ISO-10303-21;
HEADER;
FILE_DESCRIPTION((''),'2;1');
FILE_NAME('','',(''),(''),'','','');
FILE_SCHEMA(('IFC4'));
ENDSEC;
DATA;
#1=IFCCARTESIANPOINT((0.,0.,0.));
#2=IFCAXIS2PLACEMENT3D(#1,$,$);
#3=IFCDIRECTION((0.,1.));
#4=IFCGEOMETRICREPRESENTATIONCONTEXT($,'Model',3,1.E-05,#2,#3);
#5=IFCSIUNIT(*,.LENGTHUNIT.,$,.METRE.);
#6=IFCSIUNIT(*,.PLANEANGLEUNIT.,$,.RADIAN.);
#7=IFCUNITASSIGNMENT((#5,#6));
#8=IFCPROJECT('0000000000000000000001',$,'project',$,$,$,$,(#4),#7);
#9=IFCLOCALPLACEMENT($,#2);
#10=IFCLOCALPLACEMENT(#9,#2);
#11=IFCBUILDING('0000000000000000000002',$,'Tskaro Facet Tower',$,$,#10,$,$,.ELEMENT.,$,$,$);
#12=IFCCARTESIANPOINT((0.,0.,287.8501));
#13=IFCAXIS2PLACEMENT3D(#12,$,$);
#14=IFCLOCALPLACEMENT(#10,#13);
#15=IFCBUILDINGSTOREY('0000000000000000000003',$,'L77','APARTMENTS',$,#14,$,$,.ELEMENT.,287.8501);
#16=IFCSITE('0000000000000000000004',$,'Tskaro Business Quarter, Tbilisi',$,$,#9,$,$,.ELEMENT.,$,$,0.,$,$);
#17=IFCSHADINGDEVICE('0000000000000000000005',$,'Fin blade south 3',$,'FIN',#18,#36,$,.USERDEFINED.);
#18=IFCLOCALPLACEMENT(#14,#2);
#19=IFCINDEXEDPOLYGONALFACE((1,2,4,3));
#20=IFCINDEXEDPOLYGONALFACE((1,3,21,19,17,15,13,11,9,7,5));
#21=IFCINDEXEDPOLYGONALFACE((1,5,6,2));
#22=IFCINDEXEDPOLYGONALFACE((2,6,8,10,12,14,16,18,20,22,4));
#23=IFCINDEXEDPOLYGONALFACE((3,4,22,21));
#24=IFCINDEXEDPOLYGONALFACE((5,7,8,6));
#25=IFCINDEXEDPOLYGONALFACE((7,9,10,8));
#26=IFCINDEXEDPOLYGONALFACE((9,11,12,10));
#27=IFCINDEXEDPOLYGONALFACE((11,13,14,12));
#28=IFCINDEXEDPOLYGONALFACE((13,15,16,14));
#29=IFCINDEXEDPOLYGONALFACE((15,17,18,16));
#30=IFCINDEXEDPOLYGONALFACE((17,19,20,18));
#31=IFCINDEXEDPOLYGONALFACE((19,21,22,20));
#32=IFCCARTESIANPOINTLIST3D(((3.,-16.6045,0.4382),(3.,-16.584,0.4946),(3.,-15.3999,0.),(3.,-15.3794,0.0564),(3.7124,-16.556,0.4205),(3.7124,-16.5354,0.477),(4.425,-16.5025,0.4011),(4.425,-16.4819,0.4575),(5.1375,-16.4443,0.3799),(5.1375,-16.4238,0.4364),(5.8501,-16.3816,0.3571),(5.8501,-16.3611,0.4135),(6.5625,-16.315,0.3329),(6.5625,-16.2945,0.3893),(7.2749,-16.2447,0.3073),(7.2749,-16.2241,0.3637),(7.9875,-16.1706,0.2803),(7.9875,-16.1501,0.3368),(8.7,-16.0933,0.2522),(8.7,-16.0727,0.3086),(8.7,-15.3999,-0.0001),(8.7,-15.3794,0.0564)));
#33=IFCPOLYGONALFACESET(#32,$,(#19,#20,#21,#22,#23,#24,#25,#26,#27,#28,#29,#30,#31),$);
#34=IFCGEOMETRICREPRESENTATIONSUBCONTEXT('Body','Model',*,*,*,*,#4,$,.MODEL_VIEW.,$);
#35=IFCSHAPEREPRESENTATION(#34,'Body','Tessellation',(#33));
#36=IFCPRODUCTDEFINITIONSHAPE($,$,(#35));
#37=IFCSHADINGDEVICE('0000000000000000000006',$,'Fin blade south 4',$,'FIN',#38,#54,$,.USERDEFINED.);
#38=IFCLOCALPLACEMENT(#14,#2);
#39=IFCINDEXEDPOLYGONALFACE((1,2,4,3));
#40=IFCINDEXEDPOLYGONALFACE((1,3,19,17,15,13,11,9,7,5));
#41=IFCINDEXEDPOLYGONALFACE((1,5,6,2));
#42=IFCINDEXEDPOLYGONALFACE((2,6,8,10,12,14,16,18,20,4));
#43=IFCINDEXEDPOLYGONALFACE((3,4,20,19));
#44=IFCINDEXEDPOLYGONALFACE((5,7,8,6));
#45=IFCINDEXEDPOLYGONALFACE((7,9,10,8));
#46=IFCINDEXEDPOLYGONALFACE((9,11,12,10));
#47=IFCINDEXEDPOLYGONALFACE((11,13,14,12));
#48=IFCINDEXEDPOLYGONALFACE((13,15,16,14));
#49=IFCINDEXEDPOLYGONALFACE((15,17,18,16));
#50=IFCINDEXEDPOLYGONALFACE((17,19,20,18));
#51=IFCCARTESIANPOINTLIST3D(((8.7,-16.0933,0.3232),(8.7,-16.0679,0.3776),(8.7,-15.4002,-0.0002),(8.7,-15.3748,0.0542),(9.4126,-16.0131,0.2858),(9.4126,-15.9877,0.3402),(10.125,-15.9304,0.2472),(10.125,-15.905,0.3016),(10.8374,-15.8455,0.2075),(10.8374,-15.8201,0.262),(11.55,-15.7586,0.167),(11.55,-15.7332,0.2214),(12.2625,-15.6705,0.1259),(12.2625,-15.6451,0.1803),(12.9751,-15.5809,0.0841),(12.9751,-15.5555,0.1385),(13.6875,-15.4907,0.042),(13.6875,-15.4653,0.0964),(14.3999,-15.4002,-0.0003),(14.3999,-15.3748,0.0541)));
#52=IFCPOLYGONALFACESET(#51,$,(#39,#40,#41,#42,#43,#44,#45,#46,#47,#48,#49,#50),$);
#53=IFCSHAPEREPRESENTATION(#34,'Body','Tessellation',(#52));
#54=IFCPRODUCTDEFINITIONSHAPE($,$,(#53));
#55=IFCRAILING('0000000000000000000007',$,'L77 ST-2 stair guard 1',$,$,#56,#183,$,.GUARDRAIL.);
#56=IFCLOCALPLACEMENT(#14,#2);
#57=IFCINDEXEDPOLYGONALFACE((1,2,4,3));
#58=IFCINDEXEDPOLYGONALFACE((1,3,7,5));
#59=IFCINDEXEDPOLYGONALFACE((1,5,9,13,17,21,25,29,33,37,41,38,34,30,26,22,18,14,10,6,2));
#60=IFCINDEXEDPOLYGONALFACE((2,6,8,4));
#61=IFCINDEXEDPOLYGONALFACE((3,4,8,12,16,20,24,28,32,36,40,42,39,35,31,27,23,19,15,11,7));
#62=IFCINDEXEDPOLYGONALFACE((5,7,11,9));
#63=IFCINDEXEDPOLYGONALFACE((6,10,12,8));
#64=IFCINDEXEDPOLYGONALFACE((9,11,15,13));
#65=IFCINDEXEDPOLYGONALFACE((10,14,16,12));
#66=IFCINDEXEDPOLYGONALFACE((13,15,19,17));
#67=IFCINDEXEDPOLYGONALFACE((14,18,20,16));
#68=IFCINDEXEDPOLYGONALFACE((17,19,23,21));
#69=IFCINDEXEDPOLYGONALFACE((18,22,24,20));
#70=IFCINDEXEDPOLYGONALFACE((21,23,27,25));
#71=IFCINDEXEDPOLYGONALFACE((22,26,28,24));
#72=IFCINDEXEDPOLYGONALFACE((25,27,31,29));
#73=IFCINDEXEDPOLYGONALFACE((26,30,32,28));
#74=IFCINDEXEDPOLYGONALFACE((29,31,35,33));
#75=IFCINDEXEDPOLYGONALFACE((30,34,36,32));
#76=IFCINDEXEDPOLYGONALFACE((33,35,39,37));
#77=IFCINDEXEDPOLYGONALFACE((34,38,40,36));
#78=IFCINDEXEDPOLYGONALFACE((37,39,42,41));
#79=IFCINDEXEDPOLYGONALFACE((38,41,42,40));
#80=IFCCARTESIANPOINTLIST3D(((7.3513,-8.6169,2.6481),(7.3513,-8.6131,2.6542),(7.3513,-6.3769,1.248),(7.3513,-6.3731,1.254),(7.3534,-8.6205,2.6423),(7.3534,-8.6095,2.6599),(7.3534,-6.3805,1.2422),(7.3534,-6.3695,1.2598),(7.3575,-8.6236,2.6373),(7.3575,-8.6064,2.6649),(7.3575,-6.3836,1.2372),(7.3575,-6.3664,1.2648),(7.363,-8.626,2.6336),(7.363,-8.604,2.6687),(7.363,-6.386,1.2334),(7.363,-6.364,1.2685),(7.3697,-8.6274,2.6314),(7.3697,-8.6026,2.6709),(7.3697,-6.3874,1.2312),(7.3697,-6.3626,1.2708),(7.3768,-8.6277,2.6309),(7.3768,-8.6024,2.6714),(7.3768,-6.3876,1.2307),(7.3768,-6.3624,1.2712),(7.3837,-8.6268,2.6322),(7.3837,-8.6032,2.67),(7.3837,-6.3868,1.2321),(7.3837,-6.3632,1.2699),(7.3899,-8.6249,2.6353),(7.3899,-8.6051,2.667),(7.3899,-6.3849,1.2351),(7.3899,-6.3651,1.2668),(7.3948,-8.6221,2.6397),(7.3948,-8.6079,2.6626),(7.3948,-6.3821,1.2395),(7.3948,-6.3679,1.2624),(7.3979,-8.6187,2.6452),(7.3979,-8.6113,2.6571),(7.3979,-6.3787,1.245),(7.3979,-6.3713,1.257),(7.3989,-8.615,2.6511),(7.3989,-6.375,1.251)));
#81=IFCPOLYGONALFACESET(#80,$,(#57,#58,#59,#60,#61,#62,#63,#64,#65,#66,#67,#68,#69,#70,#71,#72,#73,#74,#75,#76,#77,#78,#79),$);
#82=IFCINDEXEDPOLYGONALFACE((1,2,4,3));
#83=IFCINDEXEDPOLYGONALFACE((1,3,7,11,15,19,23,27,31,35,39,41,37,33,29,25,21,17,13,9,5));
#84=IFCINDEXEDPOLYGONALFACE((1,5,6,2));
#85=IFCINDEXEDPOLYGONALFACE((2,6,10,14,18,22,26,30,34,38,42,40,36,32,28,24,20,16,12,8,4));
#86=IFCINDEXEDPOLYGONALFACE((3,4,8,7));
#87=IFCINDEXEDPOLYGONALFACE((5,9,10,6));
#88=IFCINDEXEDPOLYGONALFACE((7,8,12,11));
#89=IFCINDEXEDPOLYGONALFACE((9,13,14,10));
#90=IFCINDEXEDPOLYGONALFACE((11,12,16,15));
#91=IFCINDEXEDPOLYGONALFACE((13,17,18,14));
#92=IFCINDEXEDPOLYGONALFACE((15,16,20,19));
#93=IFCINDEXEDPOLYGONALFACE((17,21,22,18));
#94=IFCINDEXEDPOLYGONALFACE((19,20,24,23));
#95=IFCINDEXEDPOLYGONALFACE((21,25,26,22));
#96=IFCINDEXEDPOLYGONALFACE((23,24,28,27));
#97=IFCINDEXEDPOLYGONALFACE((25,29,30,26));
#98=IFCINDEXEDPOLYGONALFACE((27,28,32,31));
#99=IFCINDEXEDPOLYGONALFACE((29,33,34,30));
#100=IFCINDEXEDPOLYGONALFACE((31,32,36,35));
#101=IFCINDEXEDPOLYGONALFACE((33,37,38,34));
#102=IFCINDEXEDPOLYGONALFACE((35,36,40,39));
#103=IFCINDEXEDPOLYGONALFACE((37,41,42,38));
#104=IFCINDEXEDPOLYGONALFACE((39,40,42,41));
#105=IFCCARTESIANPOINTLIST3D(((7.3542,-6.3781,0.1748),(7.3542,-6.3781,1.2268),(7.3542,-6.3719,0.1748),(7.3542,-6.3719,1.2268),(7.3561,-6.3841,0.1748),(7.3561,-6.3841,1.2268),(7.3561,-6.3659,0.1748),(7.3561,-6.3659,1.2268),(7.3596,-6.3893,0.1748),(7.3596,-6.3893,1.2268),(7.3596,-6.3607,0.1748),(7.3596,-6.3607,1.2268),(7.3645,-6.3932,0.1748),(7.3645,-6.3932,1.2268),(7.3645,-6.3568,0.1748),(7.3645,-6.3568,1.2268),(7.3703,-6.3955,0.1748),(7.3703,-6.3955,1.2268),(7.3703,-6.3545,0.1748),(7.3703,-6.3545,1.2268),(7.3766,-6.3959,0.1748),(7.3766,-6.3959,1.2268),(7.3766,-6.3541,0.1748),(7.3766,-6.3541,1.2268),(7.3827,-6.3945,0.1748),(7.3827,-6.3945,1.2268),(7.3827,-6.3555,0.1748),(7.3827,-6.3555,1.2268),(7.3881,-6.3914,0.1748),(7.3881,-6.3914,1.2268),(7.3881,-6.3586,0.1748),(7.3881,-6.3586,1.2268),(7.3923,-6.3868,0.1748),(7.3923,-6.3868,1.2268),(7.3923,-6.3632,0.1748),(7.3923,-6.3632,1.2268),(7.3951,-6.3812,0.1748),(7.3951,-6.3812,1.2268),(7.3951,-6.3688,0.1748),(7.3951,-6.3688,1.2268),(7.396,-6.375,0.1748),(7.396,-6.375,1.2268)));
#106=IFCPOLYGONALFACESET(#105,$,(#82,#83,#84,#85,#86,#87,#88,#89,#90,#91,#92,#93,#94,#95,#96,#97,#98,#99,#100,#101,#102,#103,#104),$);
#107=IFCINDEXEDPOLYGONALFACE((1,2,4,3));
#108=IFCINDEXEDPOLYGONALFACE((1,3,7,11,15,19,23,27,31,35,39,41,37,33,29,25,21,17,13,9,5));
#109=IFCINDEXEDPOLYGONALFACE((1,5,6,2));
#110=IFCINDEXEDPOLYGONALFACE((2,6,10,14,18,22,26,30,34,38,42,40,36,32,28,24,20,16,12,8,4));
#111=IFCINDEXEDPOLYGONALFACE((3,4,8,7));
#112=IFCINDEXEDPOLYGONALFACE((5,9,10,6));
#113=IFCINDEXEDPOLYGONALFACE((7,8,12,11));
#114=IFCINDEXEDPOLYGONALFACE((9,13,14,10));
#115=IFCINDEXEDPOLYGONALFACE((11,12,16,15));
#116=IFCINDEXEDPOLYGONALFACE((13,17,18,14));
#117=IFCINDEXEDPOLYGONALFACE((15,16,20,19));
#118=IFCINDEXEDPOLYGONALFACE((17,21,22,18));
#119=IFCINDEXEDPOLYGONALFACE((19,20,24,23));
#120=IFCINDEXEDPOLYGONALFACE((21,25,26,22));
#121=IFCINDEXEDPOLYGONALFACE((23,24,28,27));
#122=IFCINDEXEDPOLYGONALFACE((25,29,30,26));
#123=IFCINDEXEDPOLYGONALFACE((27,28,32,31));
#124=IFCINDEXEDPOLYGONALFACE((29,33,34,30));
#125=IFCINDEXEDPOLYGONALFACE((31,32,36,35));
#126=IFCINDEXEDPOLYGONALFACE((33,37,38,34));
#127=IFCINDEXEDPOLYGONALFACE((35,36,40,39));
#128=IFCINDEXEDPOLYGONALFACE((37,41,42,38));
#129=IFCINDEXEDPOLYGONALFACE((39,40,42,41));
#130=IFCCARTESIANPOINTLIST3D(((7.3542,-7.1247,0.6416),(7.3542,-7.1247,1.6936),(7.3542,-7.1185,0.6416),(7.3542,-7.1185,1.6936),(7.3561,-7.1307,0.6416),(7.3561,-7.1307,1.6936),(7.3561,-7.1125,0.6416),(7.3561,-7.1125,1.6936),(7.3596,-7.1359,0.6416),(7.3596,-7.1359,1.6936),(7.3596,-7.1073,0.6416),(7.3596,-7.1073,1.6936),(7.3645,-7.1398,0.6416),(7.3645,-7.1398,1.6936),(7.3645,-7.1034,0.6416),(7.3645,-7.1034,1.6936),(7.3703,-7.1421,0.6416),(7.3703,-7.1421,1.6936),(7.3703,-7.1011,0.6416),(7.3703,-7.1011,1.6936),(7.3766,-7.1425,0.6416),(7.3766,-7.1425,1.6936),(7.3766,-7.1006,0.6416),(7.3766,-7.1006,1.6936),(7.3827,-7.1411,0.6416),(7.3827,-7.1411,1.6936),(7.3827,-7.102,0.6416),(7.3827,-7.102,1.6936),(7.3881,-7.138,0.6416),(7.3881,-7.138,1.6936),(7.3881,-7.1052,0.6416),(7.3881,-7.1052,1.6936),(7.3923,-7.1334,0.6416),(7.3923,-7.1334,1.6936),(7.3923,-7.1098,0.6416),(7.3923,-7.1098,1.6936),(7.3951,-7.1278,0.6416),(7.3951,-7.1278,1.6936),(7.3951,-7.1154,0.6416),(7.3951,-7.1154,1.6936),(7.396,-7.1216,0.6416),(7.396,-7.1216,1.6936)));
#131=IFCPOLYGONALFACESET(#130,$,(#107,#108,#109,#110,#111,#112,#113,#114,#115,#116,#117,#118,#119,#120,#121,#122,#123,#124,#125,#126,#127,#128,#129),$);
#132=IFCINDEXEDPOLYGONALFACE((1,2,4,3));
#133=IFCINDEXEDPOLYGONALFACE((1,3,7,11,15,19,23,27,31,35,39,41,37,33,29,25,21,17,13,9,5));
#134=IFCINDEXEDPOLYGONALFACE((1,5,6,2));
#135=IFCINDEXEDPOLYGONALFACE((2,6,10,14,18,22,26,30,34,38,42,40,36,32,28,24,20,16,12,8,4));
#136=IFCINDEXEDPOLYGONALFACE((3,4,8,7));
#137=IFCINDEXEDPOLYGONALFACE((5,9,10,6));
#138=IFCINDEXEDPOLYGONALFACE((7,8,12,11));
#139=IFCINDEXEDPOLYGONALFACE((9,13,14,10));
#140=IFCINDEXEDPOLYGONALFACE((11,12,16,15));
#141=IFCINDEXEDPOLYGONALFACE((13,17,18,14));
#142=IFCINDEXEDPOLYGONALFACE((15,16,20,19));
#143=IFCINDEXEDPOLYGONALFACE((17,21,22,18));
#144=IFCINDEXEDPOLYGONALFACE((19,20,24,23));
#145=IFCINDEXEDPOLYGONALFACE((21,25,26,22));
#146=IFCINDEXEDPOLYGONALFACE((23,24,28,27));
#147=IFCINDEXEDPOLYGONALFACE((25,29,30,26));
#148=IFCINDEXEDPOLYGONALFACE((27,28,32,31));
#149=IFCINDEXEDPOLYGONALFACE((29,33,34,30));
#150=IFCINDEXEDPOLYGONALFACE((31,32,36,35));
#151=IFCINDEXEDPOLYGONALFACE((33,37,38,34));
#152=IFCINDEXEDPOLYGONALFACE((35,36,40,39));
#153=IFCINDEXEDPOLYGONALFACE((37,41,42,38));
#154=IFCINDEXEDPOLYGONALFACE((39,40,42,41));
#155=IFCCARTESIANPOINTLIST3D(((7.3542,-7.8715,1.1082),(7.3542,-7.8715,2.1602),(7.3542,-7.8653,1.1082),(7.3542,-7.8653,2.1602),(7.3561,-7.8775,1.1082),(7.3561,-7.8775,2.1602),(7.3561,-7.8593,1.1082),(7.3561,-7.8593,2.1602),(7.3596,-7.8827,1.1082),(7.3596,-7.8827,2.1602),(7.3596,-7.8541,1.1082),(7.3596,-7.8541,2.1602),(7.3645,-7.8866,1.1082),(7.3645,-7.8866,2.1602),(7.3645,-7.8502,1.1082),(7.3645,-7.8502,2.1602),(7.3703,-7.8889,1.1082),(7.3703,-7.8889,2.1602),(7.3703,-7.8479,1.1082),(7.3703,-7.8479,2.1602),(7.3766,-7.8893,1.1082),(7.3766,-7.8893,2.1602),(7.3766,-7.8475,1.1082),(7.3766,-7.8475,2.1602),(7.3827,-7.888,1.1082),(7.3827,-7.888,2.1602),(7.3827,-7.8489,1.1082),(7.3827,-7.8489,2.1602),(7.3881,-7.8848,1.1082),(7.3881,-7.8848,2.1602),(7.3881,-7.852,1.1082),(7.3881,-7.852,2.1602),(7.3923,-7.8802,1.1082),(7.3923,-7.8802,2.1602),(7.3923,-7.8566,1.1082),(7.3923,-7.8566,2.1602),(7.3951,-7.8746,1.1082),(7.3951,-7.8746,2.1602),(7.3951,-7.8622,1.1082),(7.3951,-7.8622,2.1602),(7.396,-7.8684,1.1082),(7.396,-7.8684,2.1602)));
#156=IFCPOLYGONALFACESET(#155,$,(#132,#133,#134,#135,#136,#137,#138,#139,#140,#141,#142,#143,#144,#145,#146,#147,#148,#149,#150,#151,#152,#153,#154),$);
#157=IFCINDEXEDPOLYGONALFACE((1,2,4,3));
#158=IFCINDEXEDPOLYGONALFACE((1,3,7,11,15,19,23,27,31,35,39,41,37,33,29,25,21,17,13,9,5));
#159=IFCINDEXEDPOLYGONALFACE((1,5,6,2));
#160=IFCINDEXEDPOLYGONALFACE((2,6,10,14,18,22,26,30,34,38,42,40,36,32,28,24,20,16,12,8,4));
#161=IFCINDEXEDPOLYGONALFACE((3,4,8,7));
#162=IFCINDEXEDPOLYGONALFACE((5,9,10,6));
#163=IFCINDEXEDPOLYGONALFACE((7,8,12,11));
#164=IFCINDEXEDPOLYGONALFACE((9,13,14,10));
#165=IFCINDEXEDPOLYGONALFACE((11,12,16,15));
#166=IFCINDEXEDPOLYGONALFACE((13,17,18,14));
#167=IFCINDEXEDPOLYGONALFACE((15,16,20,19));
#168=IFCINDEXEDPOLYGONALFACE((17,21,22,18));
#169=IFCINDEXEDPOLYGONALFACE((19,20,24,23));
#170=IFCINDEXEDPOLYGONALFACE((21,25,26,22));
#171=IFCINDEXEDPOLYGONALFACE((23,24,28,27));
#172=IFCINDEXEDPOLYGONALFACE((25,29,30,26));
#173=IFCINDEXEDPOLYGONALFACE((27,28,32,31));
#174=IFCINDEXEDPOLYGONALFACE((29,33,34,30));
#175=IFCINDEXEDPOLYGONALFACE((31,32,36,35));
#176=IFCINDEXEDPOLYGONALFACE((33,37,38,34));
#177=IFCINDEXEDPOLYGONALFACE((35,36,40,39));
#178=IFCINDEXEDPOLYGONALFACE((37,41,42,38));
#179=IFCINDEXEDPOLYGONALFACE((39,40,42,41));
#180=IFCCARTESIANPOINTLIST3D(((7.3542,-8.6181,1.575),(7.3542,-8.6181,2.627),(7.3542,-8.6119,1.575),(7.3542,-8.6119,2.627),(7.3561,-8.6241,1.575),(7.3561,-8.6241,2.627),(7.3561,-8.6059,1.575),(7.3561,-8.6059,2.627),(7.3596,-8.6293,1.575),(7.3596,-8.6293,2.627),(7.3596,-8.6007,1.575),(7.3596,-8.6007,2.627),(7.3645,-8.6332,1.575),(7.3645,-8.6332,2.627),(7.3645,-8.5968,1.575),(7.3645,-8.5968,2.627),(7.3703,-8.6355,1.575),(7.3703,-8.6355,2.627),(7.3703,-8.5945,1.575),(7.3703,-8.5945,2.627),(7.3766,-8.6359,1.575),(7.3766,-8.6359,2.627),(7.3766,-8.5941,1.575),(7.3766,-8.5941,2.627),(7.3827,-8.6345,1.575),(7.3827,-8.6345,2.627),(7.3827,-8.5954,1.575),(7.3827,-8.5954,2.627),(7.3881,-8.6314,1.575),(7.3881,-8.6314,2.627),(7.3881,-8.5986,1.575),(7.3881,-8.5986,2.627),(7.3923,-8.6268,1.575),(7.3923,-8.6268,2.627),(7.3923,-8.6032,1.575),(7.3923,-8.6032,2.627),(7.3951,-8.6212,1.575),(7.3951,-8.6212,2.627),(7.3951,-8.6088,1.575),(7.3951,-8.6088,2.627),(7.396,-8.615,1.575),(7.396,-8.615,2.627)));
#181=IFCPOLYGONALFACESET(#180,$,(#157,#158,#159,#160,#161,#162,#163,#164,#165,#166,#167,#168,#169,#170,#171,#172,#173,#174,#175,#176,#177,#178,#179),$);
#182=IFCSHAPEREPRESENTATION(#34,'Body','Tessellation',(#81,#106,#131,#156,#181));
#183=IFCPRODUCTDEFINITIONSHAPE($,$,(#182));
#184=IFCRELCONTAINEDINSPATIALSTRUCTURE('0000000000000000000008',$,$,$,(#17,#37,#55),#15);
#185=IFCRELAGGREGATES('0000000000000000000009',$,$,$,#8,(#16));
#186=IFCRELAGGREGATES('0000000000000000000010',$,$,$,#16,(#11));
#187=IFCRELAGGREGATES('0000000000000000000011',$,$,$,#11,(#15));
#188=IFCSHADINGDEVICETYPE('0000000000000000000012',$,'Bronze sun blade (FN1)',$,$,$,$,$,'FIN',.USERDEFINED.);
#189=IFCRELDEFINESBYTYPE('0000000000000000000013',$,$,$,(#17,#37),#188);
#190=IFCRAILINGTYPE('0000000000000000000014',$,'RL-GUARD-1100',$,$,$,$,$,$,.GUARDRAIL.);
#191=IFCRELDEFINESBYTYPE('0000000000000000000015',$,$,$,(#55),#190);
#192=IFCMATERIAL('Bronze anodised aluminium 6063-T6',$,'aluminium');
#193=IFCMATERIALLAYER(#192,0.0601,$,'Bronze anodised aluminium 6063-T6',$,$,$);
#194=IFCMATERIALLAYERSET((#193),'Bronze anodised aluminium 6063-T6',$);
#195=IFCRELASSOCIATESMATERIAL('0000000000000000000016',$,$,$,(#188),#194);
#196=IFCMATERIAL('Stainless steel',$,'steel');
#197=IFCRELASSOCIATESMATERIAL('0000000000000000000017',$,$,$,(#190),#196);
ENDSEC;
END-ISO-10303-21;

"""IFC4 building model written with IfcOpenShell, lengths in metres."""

from ifc_helpers import new_model, si_unit, direction, frame, origin, origin_2d, place, context, subcontext, project, spatial, polyline, circle, outline, extrude, material, layer, layer_set, type_object, element, save


model = new_model("IFC4")

# Units and contexts
model_context = context("Model", 3, precision=1e-05, world=origin(), true_north=direction((0.0, 1.0)))
body_context = subcontext(model_context, "Body", "Model", "MODEL_VIEW")
ifc_project = project(units=[si_unit("LENGTHUNIT", "METRE"), si_unit("PLANEANGLEUNIT", "RADIAN")], contexts=[model_context])

# Site, building, storey
site_placement = place(None, origin())
site = spatial("IfcSite", under=ifc_project, at=site_placement, Name="Tskaro Business Quarter, Tbilisi", CompositionType="ELEMENT", RefElevation=0.0)
building_placement = place(site_placement, origin())
building = spatial("IfcBuilding", under=site, at=building_placement, Name="Tskaro Facet Tower", CompositionType="ELEMENT")
storey_placement = place(building_placement, frame((0.0, 0.0, 287.8501)))
storey = spatial("IfcBuildingStorey", under=building, at=storey_placement, Name="L77", Description="APARTMENTS", CompositionType="ELEMENT", Elevation=287.8501)

# Shared definitions
ifc_material_1 = material(Name="Bronze anodised aluminium 6063-T6", Category="aluminium")

# Shading devices
ifc_layer_1 = layer(ifc_material_1, 0.0601, Name="Bronze anodised aluminium 6063-T6")
ifc_layer_set_1 = layer_set([ifc_layer_1], Name="Bronze anodised aluminium 6063-T6")
shading_device_type = type_object("IfcShadingDeviceType", Name="Bronze sun blade (FN1)", ElementType="FIN", PredefinedType="USERDEFINED", material=ifc_layer_set_1)
shading_device_1_placement = place(storey_placement, frame((3.0, -15.3794, 0.0564), z_axis=(0.000002, 0.34189, 0.93974), x_axis=(1.0, -0.000001, -0.000002)))
element("IfcShadingDevice", 1, at=shading_device_1_placement, inside=storey, type_object=shading_device_type, Name="Fin blade south 3", ObjectType="FIN", PredefinedType="USERDEFINED", context=body_context, shape_type="SweptSolid", body=[
    extrude(outline(polyline([(0.0, 0.0), (5.7, 0.0), (5.7, -0.7378), (4.9875, -0.8201), (4.2749, -0.8989), (3.5625, -0.9738), (2.8501, -1.0446), (2.1375, -1.1114), (1.425, -1.1732), (0.7124, -1.2302), (0.0, -1.2818), (0.0, 0.0)])), origin(), (0.0, 0.0, -1.0), 0.0601),
])
shading_device_2_placement = place(storey_placement, frame((8.7, -15.3748, 0.0542), z_axis=(0.000011, 0.422843, 0.906203), x_axis=(1.0, -0.000004, -0.00001)))
element("IfcShadingDevice", 2, at=shading_device_2_placement, inside=storey, type_object=shading_device_type, Name="Fin blade south 4", ObjectType="FIN", PredefinedType="USERDEFINED", context=body_context, shape_type="SweptSolid", body=[
    extrude(outline(polyline([(0.0, 0.0), (5.7, 0.0), (4.9875, -0.0999), (4.2751, -0.1994), (3.5625, -0.2983), (2.8501, -0.3955), (2.1375, -0.4914), (1.425, -0.5851), (0.7126, -0.6764), (0.0, -0.7649), (0.0, 0.0)])), origin(), (0.0, 0.0, -1.0), 0.0601),
])

# Railing
ifc_material_2 = material(Name="Stainless steel", Category="steel")
railing_type_1 = type_object("IfcRailingType", Name="RL-GUARD-1100", PredefinedType="GUARDRAIL", material=ifc_material_2)
railing_1_placement = place(storey_placement, frame((7.375, -6.375, 0.1748)))
element("IfcRailing", 3, at=railing_1_placement, inside=storey, type_object=railing_type_1, Name="L77 ST-2 stair guard 1", PredefinedType="GUARDRAIL", context=body_context, shape_type="SweptSolid", body=[
    extrude(circle(Radius=0.0239, at=origin_2d()), frame((0.0, 0.0, 1.0762), z_axis=(0.0, -0.847972, 0.53004), x_axis=(1.0, 0.0, 0.0)), (0.0, 0.0, 1.0), 2.6416),
    extrude(circle(Radius=0.021, at=origin_2d()), origin(), (0.0, 0.0, 1.0), 1.052),
    extrude(circle(Radius=0.021, at=origin_2d()), frame((0.0, -0.7466, 0.4668)), (0.0, 0.0, 1.0), 1.052),
    extrude(circle(Radius=0.021, at=origin_2d()), frame((0.0, -1.4934, 0.9333)), (0.0, 0.0, 1.0), 1.052),
    extrude(circle(Radius=0.021, at=origin_2d()), frame((0.0, -2.24, 1.4001)), (0.0, 0.0, 1.0), 1.052),
])

save(model, "model.ifc")
